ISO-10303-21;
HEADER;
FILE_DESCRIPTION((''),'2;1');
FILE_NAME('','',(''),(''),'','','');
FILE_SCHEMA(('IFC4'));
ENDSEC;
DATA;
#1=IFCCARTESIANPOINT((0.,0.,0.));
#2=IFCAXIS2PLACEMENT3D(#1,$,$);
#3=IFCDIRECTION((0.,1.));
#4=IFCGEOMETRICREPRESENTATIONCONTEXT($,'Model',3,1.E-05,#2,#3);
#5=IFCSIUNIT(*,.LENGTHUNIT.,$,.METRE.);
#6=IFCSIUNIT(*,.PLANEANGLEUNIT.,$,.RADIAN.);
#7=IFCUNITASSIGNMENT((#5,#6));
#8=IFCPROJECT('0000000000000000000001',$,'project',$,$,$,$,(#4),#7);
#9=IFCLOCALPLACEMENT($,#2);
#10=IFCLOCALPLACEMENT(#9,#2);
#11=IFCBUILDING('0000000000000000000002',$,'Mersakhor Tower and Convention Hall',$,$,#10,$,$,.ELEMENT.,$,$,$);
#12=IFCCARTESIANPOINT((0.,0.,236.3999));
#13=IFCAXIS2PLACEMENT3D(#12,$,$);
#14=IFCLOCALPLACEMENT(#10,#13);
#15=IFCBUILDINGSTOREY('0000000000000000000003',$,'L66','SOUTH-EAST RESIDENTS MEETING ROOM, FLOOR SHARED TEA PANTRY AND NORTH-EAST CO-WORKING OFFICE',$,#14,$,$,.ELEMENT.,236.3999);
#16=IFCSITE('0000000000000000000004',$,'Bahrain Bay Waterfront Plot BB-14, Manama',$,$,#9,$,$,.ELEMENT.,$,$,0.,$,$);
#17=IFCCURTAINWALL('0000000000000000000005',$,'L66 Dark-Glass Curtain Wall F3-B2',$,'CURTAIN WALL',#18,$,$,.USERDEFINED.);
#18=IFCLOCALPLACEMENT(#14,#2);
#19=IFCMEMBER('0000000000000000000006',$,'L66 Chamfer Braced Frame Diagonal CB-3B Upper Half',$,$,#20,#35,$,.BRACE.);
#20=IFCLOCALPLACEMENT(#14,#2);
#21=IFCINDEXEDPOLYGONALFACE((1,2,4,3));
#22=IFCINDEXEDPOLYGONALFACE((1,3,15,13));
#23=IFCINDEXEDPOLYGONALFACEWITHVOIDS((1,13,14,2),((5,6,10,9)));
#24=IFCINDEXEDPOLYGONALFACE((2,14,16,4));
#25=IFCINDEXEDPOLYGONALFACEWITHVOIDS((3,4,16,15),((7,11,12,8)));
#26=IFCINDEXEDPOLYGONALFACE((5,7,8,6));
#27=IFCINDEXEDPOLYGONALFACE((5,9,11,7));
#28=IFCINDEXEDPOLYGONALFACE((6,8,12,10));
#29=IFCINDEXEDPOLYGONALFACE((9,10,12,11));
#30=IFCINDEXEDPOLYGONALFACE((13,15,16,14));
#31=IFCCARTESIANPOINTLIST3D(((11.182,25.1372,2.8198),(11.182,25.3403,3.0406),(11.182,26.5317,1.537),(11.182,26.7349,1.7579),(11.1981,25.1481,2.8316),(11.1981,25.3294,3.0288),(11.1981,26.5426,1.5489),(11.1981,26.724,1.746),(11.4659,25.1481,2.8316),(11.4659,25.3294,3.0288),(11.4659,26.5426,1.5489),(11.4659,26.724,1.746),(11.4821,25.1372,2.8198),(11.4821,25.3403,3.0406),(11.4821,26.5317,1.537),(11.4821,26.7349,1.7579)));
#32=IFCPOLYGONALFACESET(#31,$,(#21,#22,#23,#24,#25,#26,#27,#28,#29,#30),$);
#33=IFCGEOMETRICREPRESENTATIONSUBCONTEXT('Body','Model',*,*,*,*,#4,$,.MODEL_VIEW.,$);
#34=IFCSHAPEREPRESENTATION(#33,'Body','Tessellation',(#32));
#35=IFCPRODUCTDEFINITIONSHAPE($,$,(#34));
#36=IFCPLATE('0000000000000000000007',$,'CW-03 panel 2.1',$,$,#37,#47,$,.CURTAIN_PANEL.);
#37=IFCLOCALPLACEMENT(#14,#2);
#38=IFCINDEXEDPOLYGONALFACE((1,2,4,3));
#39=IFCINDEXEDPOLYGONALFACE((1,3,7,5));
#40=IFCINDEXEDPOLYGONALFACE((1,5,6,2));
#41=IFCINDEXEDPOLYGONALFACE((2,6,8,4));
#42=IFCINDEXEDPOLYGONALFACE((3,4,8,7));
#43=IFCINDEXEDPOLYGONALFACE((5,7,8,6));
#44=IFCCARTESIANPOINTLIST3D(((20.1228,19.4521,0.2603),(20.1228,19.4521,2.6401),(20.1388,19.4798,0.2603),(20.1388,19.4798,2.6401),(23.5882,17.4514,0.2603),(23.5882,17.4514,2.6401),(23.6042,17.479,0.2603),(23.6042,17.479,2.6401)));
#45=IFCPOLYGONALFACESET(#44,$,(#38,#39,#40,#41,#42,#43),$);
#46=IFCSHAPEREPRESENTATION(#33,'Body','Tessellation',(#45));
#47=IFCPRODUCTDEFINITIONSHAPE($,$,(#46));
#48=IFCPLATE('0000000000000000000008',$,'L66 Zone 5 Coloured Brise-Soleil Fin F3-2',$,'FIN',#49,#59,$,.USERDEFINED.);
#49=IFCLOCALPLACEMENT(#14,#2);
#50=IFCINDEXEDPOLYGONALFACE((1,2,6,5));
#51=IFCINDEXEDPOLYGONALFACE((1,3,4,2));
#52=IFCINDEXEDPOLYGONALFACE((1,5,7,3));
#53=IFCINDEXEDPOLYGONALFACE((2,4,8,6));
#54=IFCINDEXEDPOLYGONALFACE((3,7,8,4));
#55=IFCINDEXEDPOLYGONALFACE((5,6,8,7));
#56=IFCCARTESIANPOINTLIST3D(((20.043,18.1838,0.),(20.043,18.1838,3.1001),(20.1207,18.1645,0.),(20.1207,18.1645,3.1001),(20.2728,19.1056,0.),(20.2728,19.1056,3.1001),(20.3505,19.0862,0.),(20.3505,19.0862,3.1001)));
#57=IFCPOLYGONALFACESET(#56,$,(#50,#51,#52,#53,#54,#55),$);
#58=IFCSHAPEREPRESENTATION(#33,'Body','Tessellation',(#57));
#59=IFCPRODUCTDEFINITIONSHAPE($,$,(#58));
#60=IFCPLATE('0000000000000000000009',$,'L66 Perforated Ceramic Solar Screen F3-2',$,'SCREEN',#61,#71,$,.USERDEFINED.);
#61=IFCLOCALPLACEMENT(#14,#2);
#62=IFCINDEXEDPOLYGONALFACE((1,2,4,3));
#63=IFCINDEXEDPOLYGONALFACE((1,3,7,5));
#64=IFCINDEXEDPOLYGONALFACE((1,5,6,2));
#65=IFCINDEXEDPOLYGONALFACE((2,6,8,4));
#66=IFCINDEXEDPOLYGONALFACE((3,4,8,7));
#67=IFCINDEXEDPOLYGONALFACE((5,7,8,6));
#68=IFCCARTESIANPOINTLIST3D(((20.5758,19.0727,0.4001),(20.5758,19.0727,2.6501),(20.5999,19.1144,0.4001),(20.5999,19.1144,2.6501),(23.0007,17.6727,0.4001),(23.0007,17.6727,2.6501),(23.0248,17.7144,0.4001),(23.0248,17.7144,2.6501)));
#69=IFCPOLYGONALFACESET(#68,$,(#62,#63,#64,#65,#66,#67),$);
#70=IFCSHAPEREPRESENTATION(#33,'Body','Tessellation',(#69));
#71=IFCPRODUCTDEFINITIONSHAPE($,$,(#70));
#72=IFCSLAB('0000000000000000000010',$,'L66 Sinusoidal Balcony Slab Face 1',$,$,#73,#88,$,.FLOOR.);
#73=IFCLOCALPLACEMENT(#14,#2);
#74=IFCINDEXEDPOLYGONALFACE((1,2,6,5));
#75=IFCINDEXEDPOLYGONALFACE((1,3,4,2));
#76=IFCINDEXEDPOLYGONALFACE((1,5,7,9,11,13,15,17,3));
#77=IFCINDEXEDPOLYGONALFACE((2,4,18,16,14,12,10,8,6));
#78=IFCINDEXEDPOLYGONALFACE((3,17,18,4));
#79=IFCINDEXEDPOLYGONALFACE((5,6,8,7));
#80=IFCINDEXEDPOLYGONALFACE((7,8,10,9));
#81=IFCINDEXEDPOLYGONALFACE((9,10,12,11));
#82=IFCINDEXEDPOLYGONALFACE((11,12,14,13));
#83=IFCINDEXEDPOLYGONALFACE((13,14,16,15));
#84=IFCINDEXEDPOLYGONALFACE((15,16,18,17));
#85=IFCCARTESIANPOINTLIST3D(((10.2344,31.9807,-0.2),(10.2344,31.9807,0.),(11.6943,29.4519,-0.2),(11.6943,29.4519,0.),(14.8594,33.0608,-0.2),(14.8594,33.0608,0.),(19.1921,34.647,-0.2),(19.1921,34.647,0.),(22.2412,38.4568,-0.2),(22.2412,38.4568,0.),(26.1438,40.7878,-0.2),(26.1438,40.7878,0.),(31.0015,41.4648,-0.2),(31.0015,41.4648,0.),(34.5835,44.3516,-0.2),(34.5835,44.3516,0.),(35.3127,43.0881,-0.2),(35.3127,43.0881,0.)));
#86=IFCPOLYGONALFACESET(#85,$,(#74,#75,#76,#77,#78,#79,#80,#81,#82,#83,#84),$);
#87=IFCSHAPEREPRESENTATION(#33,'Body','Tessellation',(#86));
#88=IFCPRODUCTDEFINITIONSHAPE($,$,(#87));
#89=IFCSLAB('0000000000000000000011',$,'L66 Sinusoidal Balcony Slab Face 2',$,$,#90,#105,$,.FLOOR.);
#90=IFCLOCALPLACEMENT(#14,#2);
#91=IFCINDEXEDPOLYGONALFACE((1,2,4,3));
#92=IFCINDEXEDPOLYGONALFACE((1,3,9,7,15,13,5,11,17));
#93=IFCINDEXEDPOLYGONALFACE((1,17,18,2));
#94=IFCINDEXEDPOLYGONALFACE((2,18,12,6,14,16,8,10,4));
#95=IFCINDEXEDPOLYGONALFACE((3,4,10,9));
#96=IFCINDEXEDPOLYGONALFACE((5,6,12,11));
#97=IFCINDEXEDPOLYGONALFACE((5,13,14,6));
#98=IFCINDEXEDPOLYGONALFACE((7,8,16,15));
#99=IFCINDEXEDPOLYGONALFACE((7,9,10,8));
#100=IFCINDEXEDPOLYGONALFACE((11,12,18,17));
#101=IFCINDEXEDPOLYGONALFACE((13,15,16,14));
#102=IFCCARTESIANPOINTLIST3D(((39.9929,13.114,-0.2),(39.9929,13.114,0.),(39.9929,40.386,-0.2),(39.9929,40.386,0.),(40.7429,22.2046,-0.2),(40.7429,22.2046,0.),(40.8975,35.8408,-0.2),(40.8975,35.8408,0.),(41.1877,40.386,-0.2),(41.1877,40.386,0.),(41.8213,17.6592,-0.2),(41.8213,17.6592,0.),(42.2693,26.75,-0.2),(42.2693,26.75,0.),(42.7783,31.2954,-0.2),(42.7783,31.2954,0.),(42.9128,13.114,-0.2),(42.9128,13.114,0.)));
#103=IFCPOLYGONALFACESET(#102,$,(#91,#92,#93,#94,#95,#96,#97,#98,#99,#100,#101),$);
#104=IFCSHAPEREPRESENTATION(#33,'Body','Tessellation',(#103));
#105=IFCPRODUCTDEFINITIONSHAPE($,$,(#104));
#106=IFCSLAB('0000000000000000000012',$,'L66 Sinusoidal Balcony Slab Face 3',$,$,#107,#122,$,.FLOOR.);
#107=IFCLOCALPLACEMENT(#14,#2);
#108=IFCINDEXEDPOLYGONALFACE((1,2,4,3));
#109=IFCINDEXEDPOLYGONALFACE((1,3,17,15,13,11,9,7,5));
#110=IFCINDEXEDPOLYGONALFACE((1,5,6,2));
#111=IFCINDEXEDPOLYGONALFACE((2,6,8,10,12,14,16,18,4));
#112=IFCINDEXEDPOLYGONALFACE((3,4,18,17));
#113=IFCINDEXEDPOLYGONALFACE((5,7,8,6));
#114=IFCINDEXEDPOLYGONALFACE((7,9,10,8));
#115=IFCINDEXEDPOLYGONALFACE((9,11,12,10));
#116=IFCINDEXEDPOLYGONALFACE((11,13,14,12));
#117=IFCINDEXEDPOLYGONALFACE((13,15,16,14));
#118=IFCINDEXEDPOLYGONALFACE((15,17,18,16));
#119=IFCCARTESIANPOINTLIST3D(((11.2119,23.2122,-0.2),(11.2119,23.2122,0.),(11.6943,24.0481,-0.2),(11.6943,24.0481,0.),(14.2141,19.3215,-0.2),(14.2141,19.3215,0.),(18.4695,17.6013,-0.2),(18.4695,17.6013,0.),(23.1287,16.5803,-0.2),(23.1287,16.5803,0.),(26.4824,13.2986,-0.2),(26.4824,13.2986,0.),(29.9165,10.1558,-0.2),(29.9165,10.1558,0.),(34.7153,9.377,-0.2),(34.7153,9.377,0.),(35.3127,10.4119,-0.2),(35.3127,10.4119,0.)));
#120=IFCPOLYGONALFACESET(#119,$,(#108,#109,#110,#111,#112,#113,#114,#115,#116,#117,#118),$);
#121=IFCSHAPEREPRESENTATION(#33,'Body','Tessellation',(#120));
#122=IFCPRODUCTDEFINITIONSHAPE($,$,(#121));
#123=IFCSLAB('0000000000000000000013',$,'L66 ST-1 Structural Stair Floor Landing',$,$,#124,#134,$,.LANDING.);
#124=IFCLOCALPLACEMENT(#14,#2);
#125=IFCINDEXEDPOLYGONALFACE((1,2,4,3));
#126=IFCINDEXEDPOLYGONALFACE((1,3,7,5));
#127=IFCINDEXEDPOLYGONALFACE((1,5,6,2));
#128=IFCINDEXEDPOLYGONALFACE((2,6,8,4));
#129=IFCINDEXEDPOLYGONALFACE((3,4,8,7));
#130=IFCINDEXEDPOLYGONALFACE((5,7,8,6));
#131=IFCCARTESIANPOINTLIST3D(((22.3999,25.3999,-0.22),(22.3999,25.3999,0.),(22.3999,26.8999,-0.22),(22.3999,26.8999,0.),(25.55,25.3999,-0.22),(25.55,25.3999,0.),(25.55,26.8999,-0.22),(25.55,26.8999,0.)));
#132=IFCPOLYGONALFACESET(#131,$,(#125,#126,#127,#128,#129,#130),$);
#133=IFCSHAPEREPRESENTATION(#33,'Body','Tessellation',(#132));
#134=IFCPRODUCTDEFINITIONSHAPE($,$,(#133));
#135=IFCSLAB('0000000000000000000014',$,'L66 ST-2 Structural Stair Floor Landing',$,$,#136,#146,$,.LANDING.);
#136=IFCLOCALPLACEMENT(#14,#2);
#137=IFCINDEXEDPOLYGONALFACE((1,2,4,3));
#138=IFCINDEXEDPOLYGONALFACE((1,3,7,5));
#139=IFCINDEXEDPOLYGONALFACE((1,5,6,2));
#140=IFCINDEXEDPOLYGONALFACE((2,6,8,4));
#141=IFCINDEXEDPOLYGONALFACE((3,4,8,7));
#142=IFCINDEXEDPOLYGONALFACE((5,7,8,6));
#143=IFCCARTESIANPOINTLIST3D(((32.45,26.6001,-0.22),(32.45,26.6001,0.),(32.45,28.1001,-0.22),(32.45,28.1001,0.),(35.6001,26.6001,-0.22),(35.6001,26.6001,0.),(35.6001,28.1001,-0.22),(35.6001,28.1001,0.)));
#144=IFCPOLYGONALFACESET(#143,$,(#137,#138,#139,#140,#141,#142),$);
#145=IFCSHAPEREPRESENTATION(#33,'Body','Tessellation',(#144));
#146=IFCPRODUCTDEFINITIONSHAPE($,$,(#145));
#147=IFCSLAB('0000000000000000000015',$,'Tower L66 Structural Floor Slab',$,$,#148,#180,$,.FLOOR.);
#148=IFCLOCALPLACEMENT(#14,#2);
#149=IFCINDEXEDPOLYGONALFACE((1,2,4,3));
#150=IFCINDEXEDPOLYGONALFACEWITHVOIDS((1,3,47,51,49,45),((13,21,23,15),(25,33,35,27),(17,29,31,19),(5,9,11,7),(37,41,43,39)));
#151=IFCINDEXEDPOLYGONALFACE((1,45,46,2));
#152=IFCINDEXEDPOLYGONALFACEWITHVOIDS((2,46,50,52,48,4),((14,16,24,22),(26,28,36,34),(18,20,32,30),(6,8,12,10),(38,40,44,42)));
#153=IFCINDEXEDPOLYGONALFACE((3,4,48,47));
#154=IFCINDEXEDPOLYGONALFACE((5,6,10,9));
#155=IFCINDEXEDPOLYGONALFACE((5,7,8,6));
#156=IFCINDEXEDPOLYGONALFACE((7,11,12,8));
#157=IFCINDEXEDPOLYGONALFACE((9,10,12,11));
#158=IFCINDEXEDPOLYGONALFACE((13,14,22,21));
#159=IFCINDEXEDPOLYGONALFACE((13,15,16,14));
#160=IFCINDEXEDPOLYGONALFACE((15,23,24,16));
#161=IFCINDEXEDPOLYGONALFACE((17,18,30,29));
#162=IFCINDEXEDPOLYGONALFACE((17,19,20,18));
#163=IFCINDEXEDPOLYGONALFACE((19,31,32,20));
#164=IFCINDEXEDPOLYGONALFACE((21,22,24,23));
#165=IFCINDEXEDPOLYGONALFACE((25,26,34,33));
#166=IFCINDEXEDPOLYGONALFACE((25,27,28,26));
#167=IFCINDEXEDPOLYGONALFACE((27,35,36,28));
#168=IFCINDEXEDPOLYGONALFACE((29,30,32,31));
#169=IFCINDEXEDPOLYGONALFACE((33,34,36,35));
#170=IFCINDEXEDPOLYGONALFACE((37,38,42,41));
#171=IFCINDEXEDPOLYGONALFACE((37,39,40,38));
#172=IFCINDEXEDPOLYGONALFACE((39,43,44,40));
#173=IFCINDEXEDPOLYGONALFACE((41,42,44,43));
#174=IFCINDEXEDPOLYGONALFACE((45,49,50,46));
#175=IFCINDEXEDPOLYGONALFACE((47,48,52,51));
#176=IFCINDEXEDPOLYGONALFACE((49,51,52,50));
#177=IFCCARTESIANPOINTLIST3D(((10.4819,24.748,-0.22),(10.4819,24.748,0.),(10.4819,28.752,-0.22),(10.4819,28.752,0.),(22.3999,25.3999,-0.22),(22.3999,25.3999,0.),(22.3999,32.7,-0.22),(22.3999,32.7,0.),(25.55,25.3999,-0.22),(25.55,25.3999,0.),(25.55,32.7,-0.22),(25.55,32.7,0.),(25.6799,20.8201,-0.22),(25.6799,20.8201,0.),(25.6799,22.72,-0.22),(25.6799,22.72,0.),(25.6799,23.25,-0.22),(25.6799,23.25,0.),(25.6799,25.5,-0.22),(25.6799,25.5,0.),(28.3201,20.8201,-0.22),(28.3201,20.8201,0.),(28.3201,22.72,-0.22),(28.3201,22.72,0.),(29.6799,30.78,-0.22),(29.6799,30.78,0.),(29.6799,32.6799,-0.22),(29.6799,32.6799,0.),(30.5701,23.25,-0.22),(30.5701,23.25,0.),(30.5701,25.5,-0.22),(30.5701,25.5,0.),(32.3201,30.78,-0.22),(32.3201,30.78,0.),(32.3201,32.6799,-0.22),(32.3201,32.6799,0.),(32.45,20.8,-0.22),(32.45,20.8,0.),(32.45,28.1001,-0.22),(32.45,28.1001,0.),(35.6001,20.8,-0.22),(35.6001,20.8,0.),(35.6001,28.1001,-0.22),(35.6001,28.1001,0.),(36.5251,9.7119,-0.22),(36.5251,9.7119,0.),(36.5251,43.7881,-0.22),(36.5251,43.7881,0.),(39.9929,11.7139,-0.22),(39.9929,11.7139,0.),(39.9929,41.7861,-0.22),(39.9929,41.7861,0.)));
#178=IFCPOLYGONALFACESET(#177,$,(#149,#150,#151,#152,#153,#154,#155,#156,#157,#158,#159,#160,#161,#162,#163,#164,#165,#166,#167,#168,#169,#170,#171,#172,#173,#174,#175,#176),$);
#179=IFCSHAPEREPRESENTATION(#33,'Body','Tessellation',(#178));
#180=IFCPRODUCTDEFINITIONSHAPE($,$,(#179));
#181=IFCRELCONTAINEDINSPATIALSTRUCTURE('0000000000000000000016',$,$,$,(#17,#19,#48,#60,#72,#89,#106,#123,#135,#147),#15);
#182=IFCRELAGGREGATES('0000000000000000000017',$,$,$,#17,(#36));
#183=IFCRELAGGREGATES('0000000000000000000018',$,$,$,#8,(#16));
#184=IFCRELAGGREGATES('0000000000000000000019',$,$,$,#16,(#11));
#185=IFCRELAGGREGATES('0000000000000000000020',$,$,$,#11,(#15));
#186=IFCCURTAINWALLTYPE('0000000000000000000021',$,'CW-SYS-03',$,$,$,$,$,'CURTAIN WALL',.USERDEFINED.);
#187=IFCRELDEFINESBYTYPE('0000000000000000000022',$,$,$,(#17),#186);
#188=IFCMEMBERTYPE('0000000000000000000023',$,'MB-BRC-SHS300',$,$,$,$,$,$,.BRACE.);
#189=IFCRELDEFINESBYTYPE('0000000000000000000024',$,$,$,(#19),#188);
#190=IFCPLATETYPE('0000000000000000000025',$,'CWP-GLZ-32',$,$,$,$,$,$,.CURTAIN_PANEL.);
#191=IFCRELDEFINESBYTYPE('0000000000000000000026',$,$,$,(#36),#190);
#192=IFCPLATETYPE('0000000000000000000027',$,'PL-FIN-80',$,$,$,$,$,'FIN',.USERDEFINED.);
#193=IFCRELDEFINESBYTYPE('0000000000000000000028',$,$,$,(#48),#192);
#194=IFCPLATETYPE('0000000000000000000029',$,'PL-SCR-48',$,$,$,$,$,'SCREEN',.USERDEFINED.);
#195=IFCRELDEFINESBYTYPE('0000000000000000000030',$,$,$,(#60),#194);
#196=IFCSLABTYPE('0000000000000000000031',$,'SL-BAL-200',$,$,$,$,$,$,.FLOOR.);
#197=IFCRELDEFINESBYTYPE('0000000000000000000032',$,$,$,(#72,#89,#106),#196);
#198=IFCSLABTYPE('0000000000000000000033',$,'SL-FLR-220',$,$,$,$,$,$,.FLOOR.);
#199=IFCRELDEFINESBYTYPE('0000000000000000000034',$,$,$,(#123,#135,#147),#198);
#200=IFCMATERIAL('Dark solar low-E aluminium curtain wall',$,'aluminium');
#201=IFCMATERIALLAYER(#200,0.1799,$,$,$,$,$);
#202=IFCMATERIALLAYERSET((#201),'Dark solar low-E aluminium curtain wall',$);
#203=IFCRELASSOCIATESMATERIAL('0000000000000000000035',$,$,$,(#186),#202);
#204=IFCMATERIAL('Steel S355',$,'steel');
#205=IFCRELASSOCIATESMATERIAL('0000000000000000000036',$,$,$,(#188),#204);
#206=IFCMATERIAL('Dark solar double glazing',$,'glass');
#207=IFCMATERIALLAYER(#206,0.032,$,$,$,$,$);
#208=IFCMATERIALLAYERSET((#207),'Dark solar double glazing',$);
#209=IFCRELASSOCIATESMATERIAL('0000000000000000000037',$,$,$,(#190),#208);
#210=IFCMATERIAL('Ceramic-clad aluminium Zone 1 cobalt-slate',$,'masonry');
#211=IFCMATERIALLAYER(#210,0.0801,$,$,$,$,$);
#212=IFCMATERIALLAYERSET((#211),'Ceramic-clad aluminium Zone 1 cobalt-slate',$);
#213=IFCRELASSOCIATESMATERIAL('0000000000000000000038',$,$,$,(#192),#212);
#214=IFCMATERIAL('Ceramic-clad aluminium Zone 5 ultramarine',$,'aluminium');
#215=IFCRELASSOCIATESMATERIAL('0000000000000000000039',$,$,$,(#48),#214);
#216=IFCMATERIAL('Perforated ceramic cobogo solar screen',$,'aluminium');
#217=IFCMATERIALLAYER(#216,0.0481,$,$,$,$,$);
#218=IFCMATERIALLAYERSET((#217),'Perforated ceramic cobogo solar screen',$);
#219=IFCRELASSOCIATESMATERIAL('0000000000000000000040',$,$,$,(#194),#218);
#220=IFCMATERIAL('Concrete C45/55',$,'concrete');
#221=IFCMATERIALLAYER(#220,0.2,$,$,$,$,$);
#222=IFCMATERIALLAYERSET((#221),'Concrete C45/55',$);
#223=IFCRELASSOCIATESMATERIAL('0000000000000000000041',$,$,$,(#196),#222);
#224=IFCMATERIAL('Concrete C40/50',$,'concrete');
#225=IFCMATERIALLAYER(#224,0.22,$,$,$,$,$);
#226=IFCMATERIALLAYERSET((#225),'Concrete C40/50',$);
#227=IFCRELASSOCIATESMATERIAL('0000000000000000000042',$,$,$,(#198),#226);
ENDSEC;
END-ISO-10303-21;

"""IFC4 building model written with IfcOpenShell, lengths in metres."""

from ifc_helpers import new_model, si_unit, direction, frame, origin, origin_2d, place, context, subcontext, project, spatial, polyline, rectangle, hollow_rectangle, outline, extrude, material, layer, layer_set, material_profile, profile_set, type_object, element, aggregate, save


model = new_model("IFC4")

# Units and contexts
model_context = context("Model", 3, precision=1e-05, world=origin(), true_north=direction((0.0, 1.0)))
body_context = subcontext(model_context, "Body", "Model", "MODEL_VIEW")
ifc_project = project(units=[si_unit("LENGTHUNIT", "METRE"), si_unit("PLANEANGLEUNIT", "RADIAN")], contexts=[model_context])

# Site, building, storey
site_placement = place(None, origin())
site = spatial("IfcSite", under=ifc_project, at=site_placement, Name="Bahrain Bay Waterfront Plot BB-14, Manama", CompositionType="ELEMENT", RefElevation=0.0)
building_placement = place(site_placement, origin())
building = spatial("IfcBuilding", under=site, at=building_placement, Name="Mersakhor Tower and Convention Hall", CompositionType="ELEMENT")
storey_placement = place(building_placement, frame((0.0, 0.0, 236.3999)))
storey = spatial("IfcBuildingStorey", under=building, at=storey_placement, Name="L66", Description="SOUTH-EAST RESIDENTS MEETING ROOM, FLOOR SHARED TEA PANTRY AND NORTH-EAST CO-WORKING OFFICE", CompositionType="ELEMENT", Elevation=236.3999)

# Curtain wall
ifc_material_1 = material(Name="Dark solar low-E aluminium curtain wall", Category="aluminium")
ifc_layer_1 = layer(ifc_material_1, 0.1799)
ifc_layer_set_1 = layer_set([ifc_layer_1], Name="Dark solar low-E aluminium curtain wall")
curtain_wall_type = type_object("IfcCurtainWallType", Name="CW-SYS-03", ElementType="CURTAIN WALL", PredefinedType="USERDEFINED", material=ifc_layer_set_1)
curtain_wall_placement = place(storey_placement, origin())
curtain_wall = element("IfcCurtainWall", 1, at=curtain_wall_placement, inside=storey, type_object=curtain_wall_type, Name="L66 Dark-Glass Curtain Wall F3-B2", ObjectType="CURTAIN WALL", PredefinedType="USERDEFINED")

# Member
ifc_material_2 = material(Name="Steel S355", Category="steel")
ifc_material_profile_1 = material_profile(ifc_material_2, hollow_rectangle(XDim=0.3, YDim=0.3, WallThickness=0.0161, at=origin_2d()), Name="SHS 300x300x16")
ifc_profile_set_1 = profile_set([ifc_material_profile_1], Name="Steel S355")
member_type_1 = type_object("IfcMemberType", Name="MB-BRC-SHS300", PredefinedType="BRACE", material=ifc_profile_set_1)
member_1_placement = place(storey_placement, frame((11.332, 26.6333, 1.6475), z_axis=(0.0, -0.735998, 0.676984), x_axis=(1.0, 0.0, 0.0)))
element("IfcMember", 2, at=member_1_placement, inside=storey, type_object=member_type_1, Name="L66 Chamfer Braced Frame Diagonal CB-3B Upper Half", PredefinedType="BRACE", context=body_context, shape_type="SweptSolid", body=[
    extrude(hollow_rectangle(XDim=0.3, YDim=0.3, WallThickness=0.0161, at=origin_2d()), origin(), (0.0, 0.0, 1.0), 1.8948),
])

# Plate
ifc_material_3 = material(Name="Dark solar double glazing", Category="glass")
ifc_layer_2 = layer(ifc_material_3, 0.032)
ifc_layer_set_2 = layer_set([ifc_layer_2], Name="Dark solar double glazing")
plate_type_1 = type_object("IfcPlateType", Name="CWP-GLZ-32", PredefinedType="CURTAIN_PANEL", material=ifc_layer_set_2)
plate_1_placement = place(storey_placement, frame((21.8635, 18.4656, 0.2603), z_axis=(0.0, 0.0, 1.0), x_axis=(-0.866023, 0.500004, 0.0)))
plate_1 = element("IfcPlate", 3, at=plate_1_placement, type_object=plate_type_1, Name="CW-03 panel 2.1", PredefinedType="CURTAIN_PANEL", context=body_context, shape_type="SweptSolid", body=[
    extrude(rectangle(XDim=4.0015, YDim=0.032, at=origin_2d()), origin(), (0.0, 0.0, 1.0), 2.3799),
])
aggregate(curtain_wall, [plate_1])

# Plates
ifc_material_4 = material(Name="Ceramic-clad aluminium Zone 5 ultramarine", Category="aluminium")
ifc_material_5 = material(Name="Ceramic-clad aluminium Zone 1 cobalt-slate", Category="masonry")
ifc_layer_3 = layer(ifc_material_5, 0.0801)
ifc_layer_set_3 = layer_set([ifc_layer_3], Name="Ceramic-clad aluminium Zone 1 cobalt-slate")
plate_type_2 = type_object("IfcPlateType", Name="PL-FIN-80", ElementType="FIN", PredefinedType="USERDEFINED", material=ifc_layer_set_3)
plate_2_placement = place(storey_placement, frame((20.1968, 18.635, 0.0), z_axis=(0.0, 0.0, 1.0), x_axis=(-0.241922, -0.970296, 0.0)))
element("IfcPlate", 4, at=plate_2_placement, inside=storey, type_object=plate_type_2, material=ifc_material_4, Name="L66 Zone 5 Coloured Brise-Soleil Fin F3-2", ObjectType="FIN", PredefinedType="USERDEFINED", context=body_context, shape_type="SweptSolid", body=[
    extrude(rectangle(XDim=0.95, YDim=0.0801, at=origin_2d()), origin(), (0.0, 0.0, 1.0), 3.1001),
])
ifc_material_6 = material(Name="Perforated ceramic cobogo solar screen", Category="aluminium")
ifc_layer_4 = layer(ifc_material_6, 0.0481)
ifc_layer_set_4 = layer_set([ifc_layer_4], Name="Perforated ceramic cobogo solar screen")
plate_type_3 = type_object("IfcPlateType", Name="PL-SCR-48", ElementType="SCREEN", PredefinedType="USERDEFINED", material=ifc_layer_set_4)
plate_3_placement = place(storey_placement, frame((21.8003, 18.3936, 0.4001), z_axis=(0.0, 0.0, 1.0), x_axis=(-0.866025, 0.5, 0.0)))
element("IfcPlate", 5, at=plate_3_placement, inside=storey, type_object=plate_type_3, Name="L66 Perforated Ceramic Solar Screen F3-2", ObjectType="SCREEN", PredefinedType="USERDEFINED", context=body_context, shape_type="SweptSolid", body=[
    extrude(rectangle(XDim=2.8, YDim=0.0481, at=origin_2d()), origin(), (0.0, 0.0, 1.0), 2.25),
])

# Slabs
ifc_material_7 = material(Name="Concrete C45/55", Category="concrete")
ifc_layer_5 = layer(ifc_material_7, 0.2)
ifc_layer_set_5 = layer_set([ifc_layer_5], Name="Concrete C45/55")
slab_type_1 = type_object("IfcSlabType", Name="SL-BAL-200", PredefinedType="FLOOR", material=ifc_layer_set_5)
slab_1_placement = place(storey_placement, frame((0.0, 0.0, -0.2)))
element("IfcSlab", 6, at=slab_1_placement, inside=storey, type_object=slab_type_1, Name="L66 Sinusoidal Balcony Slab Face 1", PredefinedType="FLOOR", context=body_context, shape_type="SweptSolid", body=[
    extrude(outline(polyline([(11.6943, 29.4519), (35.3127, 43.0881), (34.5835, 44.3516), (31.0015, 41.4648), (26.1438, 40.7878), (22.2412, 38.4568), (19.1921, 34.647), (14.8594, 33.0608), (10.2344, 31.9807), (11.6943, 29.4519)])), origin(), (0.0, 0.0, 1.0), 0.2),
])
slab_2_placement = place(storey_placement, frame((0.0, 0.0, -0.2)))
element("IfcSlab", 7, at=slab_2_placement, inside=storey, type_object=slab_type_1, Name="L66 Sinusoidal Balcony Slab Face 2", PredefinedType="FLOOR", context=body_context, shape_type="SweptSolid", body=[
    extrude(outline(polyline([(39.9929, 40.386), (39.9929, 13.114), (42.9128, 13.114), (41.8213, 17.6592), (40.7429, 22.2046), (42.2693, 26.75), (42.7783, 31.2954), (40.8975, 35.8408), (41.1877, 40.386), (39.9929, 40.386)])), origin(), (0.0, 0.0, 1.0), 0.2),
])
slab_3_placement = place(storey_placement, frame((0.0, 0.0, -0.2)))
element("IfcSlab", 8, at=slab_3_placement, inside=storey, type_object=slab_type_1, Name="L66 Sinusoidal Balcony Slab Face 3", PredefinedType="FLOOR", context=body_context, shape_type="SweptSolid", body=[
    extrude(outline(polyline([(35.3127, 10.4119), (11.6943, 24.0481), (11.2119, 23.2122), (14.2141, 19.3215), (18.4695, 17.6013), (23.1287, 16.5803), (26.4824, 13.2986), (29.9165, 10.1558), (34.7153, 9.377), (35.3127, 10.4119)])), origin(), (0.0, 0.0, 1.0), 0.2),
])
ifc_material_8 = material(Name="Concrete C40/50", Category="concrete")
ifc_layer_6 = layer(ifc_material_8, 0.22)
ifc_layer_set_6 = layer_set([ifc_layer_6], Name="Concrete C40/50")
slab_type_2 = type_object("IfcSlabType", Name="SL-FLR-220", PredefinedType="FLOOR", material=ifc_layer_set_6)
slab_4_placement = place(storey_placement, frame((0.0, 0.0, -0.22)))
element("IfcSlab", 9, at=slab_4_placement, inside=storey, type_object=slab_type_2, Name="L66 ST-1 Structural Stair Floor Landing", PredefinedType="LANDING", context=body_context, shape_type="SweptSolid", body=[
    extrude(outline(polyline([(25.55, 25.3999), (25.55, 26.8999), (22.3999, 26.8999), (22.3999, 25.3999), (25.55, 25.3999)])), origin(), (0.0, 0.0, 1.0), 0.22),
])
slab_5_placement = place(storey_placement, frame((0.0, 0.0, -0.22)))
element("IfcSlab", 10, at=slab_5_placement, inside=storey, type_object=slab_type_2, Name="L66 ST-2 Structural Stair Floor Landing", PredefinedType="LANDING", context=body_context, shape_type="SweptSolid", body=[
    extrude(outline(polyline([(32.45, 28.1001), (32.45, 26.6001), (35.6001, 26.6001), (35.6001, 28.1001), (32.45, 28.1001)])), origin(), (0.0, 0.0, 1.0), 0.22),
])
slab_6_placement = place(storey_placement, frame((0.0, 0.0, -0.22)))
element("IfcSlab", 11, at=slab_6_placement, inside=storey, type_object=slab_type_2, Name="Tower L66 Structural Floor Slab", PredefinedType="FLOOR", context=body_context, shape_type="SweptSolid", body=[
    extrude(outline(polyline([(10.4819, 28.752), (36.5251, 43.7881), (39.9929, 41.7861), (39.9929, 11.7139), (36.5251, 9.7119), (10.4819, 24.748), (10.4819, 28.752)]), holes=[polyline([(25.55, 25.3999), (25.55, 32.7), (22.3999, 32.7), (22.3999, 25.3999), (25.55, 25.3999)]), polyline([(32.45, 28.1001), (32.45, 20.8), (35.6001, 20.8), (35.6001, 28.1001), (32.45, 28.1001)]), polyline([(25.6799, 20.8201), (25.6799, 22.72), (28.3201, 22.72), (28.3201, 20.8201), (25.6799, 20.8201)]), polyline([(29.6799, 30.78), (29.6799, 32.6799), (32.3201, 32.6799), (32.3201, 30.78), (29.6799, 30.78)]), polyline([(25.6799, 23.25), (25.6799, 25.5), (30.5701, 25.5), (30.5701, 23.25), (25.6799, 23.25)])]), origin(), (0.0, 0.0, 1.0), 0.22),
])

save(model, "model.ifc")
